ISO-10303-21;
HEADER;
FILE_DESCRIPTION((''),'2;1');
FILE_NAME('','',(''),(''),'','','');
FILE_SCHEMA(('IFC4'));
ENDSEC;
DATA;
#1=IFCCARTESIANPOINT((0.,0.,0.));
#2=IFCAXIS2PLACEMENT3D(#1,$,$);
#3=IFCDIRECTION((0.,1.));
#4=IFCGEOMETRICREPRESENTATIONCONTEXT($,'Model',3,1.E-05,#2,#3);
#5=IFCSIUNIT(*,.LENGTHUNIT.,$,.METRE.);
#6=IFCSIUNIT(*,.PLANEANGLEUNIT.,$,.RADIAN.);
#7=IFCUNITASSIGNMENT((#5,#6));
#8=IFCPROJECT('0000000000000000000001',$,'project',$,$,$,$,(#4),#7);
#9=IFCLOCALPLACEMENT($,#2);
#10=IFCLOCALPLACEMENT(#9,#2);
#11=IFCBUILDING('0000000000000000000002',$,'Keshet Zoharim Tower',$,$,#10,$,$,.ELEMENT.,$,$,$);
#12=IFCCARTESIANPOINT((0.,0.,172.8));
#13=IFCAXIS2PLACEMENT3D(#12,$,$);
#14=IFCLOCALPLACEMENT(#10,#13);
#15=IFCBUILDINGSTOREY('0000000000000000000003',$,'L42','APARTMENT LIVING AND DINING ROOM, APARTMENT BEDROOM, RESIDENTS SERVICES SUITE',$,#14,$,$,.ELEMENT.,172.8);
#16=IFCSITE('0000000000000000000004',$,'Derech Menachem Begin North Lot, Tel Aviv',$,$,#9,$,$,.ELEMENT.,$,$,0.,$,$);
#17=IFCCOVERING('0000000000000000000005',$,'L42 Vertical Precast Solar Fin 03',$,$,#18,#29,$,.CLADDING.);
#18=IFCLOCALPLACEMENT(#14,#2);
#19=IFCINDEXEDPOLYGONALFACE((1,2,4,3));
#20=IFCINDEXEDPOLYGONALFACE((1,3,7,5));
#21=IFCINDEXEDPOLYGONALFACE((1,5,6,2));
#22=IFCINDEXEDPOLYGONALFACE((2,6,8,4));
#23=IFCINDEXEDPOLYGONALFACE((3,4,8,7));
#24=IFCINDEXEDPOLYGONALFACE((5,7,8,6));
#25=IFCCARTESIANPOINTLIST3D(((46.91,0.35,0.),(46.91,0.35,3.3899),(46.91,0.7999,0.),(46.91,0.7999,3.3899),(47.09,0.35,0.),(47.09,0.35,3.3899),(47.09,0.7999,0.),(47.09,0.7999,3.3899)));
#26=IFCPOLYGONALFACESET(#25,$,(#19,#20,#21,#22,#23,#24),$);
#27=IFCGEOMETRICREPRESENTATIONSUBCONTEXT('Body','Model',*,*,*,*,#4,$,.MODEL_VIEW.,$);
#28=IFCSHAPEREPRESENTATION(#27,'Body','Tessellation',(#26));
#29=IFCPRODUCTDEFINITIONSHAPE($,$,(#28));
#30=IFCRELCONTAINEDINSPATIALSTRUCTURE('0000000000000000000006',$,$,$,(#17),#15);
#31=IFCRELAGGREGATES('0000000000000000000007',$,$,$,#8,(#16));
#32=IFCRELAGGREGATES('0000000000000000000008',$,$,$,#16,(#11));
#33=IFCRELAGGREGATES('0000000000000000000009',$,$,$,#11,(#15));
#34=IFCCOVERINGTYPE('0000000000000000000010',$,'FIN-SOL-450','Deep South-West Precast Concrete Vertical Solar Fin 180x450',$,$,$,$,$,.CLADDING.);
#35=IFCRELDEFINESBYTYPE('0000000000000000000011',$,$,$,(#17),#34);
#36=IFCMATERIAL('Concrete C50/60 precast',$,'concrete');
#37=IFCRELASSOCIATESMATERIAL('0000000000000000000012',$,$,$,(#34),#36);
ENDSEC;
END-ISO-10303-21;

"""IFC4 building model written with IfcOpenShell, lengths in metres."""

from ifc_helpers import new_model, si_unit, direction, frame, origin, origin_2d, place, context, subcontext, project, spatial, rectangle, extrude, material, type_object, element, save


model = new_model("IFC4")

# Units and contexts
model_context = context("Model", 3, precision=1e-05, world=origin(), true_north=direction((0.0, 1.0)))
body_context = subcontext(model_context, "Body", "Model", "MODEL_VIEW")
ifc_project = project(units=[si_unit("LENGTHUNIT", "METRE"), si_unit("PLANEANGLEUNIT", "RADIAN")], contexts=[model_context])

# Site, building, storey
site_placement = place(None, origin())
site = spatial("IfcSite", under=ifc_project, at=site_placement, Name="Derech Menachem Begin North Lot, Tel Aviv", CompositionType="ELEMENT", RefElevation=0.0)
building_placement = place(site_placement, origin())
building = spatial("IfcBuilding", under=site, at=building_placement, Name="Keshet Zoharim Tower", CompositionType="ELEMENT")
storey_placement = place(building_placement, frame((0.0, 0.0, 172.8)))
storey = spatial("IfcBuildingStorey", under=building, at=storey_placement, Name="L42", Description="APARTMENT LIVING AND DINING ROOM, APARTMENT BEDROOM, RESIDENTS SERVICES SUITE", CompositionType="ELEMENT", Elevation=172.8)

# Covering
ifc_material_1 = material(Name="Concrete C50/60 precast", Category="concrete")
covering_type = type_object("IfcCoveringType", Name="FIN-SOL-450", Description="Deep South-West Precast Concrete Vertical Solar Fin 180x450", PredefinedType="CLADDING", material=ifc_material_1)
covering_placement = place(storey_placement, frame((47.0, 0.575, 0.0), z_axis=(0.0, 0.0, 1.0), x_axis=(-1.0, 0.0, 0.0)))
element("IfcCovering", 1, at=covering_placement, inside=storey, type_object=covering_type, Name="L42 Vertical Precast Solar Fin 03", PredefinedType="CLADDING", context=body_context, shape_type="SweptSolid", body=[
    extrude(rectangle(XDim=0.1799, YDim=0.45, at=origin_2d()), origin(), (0.0, 0.0, 1.0), 3.3899),
])

save(model, "model.ifc")
